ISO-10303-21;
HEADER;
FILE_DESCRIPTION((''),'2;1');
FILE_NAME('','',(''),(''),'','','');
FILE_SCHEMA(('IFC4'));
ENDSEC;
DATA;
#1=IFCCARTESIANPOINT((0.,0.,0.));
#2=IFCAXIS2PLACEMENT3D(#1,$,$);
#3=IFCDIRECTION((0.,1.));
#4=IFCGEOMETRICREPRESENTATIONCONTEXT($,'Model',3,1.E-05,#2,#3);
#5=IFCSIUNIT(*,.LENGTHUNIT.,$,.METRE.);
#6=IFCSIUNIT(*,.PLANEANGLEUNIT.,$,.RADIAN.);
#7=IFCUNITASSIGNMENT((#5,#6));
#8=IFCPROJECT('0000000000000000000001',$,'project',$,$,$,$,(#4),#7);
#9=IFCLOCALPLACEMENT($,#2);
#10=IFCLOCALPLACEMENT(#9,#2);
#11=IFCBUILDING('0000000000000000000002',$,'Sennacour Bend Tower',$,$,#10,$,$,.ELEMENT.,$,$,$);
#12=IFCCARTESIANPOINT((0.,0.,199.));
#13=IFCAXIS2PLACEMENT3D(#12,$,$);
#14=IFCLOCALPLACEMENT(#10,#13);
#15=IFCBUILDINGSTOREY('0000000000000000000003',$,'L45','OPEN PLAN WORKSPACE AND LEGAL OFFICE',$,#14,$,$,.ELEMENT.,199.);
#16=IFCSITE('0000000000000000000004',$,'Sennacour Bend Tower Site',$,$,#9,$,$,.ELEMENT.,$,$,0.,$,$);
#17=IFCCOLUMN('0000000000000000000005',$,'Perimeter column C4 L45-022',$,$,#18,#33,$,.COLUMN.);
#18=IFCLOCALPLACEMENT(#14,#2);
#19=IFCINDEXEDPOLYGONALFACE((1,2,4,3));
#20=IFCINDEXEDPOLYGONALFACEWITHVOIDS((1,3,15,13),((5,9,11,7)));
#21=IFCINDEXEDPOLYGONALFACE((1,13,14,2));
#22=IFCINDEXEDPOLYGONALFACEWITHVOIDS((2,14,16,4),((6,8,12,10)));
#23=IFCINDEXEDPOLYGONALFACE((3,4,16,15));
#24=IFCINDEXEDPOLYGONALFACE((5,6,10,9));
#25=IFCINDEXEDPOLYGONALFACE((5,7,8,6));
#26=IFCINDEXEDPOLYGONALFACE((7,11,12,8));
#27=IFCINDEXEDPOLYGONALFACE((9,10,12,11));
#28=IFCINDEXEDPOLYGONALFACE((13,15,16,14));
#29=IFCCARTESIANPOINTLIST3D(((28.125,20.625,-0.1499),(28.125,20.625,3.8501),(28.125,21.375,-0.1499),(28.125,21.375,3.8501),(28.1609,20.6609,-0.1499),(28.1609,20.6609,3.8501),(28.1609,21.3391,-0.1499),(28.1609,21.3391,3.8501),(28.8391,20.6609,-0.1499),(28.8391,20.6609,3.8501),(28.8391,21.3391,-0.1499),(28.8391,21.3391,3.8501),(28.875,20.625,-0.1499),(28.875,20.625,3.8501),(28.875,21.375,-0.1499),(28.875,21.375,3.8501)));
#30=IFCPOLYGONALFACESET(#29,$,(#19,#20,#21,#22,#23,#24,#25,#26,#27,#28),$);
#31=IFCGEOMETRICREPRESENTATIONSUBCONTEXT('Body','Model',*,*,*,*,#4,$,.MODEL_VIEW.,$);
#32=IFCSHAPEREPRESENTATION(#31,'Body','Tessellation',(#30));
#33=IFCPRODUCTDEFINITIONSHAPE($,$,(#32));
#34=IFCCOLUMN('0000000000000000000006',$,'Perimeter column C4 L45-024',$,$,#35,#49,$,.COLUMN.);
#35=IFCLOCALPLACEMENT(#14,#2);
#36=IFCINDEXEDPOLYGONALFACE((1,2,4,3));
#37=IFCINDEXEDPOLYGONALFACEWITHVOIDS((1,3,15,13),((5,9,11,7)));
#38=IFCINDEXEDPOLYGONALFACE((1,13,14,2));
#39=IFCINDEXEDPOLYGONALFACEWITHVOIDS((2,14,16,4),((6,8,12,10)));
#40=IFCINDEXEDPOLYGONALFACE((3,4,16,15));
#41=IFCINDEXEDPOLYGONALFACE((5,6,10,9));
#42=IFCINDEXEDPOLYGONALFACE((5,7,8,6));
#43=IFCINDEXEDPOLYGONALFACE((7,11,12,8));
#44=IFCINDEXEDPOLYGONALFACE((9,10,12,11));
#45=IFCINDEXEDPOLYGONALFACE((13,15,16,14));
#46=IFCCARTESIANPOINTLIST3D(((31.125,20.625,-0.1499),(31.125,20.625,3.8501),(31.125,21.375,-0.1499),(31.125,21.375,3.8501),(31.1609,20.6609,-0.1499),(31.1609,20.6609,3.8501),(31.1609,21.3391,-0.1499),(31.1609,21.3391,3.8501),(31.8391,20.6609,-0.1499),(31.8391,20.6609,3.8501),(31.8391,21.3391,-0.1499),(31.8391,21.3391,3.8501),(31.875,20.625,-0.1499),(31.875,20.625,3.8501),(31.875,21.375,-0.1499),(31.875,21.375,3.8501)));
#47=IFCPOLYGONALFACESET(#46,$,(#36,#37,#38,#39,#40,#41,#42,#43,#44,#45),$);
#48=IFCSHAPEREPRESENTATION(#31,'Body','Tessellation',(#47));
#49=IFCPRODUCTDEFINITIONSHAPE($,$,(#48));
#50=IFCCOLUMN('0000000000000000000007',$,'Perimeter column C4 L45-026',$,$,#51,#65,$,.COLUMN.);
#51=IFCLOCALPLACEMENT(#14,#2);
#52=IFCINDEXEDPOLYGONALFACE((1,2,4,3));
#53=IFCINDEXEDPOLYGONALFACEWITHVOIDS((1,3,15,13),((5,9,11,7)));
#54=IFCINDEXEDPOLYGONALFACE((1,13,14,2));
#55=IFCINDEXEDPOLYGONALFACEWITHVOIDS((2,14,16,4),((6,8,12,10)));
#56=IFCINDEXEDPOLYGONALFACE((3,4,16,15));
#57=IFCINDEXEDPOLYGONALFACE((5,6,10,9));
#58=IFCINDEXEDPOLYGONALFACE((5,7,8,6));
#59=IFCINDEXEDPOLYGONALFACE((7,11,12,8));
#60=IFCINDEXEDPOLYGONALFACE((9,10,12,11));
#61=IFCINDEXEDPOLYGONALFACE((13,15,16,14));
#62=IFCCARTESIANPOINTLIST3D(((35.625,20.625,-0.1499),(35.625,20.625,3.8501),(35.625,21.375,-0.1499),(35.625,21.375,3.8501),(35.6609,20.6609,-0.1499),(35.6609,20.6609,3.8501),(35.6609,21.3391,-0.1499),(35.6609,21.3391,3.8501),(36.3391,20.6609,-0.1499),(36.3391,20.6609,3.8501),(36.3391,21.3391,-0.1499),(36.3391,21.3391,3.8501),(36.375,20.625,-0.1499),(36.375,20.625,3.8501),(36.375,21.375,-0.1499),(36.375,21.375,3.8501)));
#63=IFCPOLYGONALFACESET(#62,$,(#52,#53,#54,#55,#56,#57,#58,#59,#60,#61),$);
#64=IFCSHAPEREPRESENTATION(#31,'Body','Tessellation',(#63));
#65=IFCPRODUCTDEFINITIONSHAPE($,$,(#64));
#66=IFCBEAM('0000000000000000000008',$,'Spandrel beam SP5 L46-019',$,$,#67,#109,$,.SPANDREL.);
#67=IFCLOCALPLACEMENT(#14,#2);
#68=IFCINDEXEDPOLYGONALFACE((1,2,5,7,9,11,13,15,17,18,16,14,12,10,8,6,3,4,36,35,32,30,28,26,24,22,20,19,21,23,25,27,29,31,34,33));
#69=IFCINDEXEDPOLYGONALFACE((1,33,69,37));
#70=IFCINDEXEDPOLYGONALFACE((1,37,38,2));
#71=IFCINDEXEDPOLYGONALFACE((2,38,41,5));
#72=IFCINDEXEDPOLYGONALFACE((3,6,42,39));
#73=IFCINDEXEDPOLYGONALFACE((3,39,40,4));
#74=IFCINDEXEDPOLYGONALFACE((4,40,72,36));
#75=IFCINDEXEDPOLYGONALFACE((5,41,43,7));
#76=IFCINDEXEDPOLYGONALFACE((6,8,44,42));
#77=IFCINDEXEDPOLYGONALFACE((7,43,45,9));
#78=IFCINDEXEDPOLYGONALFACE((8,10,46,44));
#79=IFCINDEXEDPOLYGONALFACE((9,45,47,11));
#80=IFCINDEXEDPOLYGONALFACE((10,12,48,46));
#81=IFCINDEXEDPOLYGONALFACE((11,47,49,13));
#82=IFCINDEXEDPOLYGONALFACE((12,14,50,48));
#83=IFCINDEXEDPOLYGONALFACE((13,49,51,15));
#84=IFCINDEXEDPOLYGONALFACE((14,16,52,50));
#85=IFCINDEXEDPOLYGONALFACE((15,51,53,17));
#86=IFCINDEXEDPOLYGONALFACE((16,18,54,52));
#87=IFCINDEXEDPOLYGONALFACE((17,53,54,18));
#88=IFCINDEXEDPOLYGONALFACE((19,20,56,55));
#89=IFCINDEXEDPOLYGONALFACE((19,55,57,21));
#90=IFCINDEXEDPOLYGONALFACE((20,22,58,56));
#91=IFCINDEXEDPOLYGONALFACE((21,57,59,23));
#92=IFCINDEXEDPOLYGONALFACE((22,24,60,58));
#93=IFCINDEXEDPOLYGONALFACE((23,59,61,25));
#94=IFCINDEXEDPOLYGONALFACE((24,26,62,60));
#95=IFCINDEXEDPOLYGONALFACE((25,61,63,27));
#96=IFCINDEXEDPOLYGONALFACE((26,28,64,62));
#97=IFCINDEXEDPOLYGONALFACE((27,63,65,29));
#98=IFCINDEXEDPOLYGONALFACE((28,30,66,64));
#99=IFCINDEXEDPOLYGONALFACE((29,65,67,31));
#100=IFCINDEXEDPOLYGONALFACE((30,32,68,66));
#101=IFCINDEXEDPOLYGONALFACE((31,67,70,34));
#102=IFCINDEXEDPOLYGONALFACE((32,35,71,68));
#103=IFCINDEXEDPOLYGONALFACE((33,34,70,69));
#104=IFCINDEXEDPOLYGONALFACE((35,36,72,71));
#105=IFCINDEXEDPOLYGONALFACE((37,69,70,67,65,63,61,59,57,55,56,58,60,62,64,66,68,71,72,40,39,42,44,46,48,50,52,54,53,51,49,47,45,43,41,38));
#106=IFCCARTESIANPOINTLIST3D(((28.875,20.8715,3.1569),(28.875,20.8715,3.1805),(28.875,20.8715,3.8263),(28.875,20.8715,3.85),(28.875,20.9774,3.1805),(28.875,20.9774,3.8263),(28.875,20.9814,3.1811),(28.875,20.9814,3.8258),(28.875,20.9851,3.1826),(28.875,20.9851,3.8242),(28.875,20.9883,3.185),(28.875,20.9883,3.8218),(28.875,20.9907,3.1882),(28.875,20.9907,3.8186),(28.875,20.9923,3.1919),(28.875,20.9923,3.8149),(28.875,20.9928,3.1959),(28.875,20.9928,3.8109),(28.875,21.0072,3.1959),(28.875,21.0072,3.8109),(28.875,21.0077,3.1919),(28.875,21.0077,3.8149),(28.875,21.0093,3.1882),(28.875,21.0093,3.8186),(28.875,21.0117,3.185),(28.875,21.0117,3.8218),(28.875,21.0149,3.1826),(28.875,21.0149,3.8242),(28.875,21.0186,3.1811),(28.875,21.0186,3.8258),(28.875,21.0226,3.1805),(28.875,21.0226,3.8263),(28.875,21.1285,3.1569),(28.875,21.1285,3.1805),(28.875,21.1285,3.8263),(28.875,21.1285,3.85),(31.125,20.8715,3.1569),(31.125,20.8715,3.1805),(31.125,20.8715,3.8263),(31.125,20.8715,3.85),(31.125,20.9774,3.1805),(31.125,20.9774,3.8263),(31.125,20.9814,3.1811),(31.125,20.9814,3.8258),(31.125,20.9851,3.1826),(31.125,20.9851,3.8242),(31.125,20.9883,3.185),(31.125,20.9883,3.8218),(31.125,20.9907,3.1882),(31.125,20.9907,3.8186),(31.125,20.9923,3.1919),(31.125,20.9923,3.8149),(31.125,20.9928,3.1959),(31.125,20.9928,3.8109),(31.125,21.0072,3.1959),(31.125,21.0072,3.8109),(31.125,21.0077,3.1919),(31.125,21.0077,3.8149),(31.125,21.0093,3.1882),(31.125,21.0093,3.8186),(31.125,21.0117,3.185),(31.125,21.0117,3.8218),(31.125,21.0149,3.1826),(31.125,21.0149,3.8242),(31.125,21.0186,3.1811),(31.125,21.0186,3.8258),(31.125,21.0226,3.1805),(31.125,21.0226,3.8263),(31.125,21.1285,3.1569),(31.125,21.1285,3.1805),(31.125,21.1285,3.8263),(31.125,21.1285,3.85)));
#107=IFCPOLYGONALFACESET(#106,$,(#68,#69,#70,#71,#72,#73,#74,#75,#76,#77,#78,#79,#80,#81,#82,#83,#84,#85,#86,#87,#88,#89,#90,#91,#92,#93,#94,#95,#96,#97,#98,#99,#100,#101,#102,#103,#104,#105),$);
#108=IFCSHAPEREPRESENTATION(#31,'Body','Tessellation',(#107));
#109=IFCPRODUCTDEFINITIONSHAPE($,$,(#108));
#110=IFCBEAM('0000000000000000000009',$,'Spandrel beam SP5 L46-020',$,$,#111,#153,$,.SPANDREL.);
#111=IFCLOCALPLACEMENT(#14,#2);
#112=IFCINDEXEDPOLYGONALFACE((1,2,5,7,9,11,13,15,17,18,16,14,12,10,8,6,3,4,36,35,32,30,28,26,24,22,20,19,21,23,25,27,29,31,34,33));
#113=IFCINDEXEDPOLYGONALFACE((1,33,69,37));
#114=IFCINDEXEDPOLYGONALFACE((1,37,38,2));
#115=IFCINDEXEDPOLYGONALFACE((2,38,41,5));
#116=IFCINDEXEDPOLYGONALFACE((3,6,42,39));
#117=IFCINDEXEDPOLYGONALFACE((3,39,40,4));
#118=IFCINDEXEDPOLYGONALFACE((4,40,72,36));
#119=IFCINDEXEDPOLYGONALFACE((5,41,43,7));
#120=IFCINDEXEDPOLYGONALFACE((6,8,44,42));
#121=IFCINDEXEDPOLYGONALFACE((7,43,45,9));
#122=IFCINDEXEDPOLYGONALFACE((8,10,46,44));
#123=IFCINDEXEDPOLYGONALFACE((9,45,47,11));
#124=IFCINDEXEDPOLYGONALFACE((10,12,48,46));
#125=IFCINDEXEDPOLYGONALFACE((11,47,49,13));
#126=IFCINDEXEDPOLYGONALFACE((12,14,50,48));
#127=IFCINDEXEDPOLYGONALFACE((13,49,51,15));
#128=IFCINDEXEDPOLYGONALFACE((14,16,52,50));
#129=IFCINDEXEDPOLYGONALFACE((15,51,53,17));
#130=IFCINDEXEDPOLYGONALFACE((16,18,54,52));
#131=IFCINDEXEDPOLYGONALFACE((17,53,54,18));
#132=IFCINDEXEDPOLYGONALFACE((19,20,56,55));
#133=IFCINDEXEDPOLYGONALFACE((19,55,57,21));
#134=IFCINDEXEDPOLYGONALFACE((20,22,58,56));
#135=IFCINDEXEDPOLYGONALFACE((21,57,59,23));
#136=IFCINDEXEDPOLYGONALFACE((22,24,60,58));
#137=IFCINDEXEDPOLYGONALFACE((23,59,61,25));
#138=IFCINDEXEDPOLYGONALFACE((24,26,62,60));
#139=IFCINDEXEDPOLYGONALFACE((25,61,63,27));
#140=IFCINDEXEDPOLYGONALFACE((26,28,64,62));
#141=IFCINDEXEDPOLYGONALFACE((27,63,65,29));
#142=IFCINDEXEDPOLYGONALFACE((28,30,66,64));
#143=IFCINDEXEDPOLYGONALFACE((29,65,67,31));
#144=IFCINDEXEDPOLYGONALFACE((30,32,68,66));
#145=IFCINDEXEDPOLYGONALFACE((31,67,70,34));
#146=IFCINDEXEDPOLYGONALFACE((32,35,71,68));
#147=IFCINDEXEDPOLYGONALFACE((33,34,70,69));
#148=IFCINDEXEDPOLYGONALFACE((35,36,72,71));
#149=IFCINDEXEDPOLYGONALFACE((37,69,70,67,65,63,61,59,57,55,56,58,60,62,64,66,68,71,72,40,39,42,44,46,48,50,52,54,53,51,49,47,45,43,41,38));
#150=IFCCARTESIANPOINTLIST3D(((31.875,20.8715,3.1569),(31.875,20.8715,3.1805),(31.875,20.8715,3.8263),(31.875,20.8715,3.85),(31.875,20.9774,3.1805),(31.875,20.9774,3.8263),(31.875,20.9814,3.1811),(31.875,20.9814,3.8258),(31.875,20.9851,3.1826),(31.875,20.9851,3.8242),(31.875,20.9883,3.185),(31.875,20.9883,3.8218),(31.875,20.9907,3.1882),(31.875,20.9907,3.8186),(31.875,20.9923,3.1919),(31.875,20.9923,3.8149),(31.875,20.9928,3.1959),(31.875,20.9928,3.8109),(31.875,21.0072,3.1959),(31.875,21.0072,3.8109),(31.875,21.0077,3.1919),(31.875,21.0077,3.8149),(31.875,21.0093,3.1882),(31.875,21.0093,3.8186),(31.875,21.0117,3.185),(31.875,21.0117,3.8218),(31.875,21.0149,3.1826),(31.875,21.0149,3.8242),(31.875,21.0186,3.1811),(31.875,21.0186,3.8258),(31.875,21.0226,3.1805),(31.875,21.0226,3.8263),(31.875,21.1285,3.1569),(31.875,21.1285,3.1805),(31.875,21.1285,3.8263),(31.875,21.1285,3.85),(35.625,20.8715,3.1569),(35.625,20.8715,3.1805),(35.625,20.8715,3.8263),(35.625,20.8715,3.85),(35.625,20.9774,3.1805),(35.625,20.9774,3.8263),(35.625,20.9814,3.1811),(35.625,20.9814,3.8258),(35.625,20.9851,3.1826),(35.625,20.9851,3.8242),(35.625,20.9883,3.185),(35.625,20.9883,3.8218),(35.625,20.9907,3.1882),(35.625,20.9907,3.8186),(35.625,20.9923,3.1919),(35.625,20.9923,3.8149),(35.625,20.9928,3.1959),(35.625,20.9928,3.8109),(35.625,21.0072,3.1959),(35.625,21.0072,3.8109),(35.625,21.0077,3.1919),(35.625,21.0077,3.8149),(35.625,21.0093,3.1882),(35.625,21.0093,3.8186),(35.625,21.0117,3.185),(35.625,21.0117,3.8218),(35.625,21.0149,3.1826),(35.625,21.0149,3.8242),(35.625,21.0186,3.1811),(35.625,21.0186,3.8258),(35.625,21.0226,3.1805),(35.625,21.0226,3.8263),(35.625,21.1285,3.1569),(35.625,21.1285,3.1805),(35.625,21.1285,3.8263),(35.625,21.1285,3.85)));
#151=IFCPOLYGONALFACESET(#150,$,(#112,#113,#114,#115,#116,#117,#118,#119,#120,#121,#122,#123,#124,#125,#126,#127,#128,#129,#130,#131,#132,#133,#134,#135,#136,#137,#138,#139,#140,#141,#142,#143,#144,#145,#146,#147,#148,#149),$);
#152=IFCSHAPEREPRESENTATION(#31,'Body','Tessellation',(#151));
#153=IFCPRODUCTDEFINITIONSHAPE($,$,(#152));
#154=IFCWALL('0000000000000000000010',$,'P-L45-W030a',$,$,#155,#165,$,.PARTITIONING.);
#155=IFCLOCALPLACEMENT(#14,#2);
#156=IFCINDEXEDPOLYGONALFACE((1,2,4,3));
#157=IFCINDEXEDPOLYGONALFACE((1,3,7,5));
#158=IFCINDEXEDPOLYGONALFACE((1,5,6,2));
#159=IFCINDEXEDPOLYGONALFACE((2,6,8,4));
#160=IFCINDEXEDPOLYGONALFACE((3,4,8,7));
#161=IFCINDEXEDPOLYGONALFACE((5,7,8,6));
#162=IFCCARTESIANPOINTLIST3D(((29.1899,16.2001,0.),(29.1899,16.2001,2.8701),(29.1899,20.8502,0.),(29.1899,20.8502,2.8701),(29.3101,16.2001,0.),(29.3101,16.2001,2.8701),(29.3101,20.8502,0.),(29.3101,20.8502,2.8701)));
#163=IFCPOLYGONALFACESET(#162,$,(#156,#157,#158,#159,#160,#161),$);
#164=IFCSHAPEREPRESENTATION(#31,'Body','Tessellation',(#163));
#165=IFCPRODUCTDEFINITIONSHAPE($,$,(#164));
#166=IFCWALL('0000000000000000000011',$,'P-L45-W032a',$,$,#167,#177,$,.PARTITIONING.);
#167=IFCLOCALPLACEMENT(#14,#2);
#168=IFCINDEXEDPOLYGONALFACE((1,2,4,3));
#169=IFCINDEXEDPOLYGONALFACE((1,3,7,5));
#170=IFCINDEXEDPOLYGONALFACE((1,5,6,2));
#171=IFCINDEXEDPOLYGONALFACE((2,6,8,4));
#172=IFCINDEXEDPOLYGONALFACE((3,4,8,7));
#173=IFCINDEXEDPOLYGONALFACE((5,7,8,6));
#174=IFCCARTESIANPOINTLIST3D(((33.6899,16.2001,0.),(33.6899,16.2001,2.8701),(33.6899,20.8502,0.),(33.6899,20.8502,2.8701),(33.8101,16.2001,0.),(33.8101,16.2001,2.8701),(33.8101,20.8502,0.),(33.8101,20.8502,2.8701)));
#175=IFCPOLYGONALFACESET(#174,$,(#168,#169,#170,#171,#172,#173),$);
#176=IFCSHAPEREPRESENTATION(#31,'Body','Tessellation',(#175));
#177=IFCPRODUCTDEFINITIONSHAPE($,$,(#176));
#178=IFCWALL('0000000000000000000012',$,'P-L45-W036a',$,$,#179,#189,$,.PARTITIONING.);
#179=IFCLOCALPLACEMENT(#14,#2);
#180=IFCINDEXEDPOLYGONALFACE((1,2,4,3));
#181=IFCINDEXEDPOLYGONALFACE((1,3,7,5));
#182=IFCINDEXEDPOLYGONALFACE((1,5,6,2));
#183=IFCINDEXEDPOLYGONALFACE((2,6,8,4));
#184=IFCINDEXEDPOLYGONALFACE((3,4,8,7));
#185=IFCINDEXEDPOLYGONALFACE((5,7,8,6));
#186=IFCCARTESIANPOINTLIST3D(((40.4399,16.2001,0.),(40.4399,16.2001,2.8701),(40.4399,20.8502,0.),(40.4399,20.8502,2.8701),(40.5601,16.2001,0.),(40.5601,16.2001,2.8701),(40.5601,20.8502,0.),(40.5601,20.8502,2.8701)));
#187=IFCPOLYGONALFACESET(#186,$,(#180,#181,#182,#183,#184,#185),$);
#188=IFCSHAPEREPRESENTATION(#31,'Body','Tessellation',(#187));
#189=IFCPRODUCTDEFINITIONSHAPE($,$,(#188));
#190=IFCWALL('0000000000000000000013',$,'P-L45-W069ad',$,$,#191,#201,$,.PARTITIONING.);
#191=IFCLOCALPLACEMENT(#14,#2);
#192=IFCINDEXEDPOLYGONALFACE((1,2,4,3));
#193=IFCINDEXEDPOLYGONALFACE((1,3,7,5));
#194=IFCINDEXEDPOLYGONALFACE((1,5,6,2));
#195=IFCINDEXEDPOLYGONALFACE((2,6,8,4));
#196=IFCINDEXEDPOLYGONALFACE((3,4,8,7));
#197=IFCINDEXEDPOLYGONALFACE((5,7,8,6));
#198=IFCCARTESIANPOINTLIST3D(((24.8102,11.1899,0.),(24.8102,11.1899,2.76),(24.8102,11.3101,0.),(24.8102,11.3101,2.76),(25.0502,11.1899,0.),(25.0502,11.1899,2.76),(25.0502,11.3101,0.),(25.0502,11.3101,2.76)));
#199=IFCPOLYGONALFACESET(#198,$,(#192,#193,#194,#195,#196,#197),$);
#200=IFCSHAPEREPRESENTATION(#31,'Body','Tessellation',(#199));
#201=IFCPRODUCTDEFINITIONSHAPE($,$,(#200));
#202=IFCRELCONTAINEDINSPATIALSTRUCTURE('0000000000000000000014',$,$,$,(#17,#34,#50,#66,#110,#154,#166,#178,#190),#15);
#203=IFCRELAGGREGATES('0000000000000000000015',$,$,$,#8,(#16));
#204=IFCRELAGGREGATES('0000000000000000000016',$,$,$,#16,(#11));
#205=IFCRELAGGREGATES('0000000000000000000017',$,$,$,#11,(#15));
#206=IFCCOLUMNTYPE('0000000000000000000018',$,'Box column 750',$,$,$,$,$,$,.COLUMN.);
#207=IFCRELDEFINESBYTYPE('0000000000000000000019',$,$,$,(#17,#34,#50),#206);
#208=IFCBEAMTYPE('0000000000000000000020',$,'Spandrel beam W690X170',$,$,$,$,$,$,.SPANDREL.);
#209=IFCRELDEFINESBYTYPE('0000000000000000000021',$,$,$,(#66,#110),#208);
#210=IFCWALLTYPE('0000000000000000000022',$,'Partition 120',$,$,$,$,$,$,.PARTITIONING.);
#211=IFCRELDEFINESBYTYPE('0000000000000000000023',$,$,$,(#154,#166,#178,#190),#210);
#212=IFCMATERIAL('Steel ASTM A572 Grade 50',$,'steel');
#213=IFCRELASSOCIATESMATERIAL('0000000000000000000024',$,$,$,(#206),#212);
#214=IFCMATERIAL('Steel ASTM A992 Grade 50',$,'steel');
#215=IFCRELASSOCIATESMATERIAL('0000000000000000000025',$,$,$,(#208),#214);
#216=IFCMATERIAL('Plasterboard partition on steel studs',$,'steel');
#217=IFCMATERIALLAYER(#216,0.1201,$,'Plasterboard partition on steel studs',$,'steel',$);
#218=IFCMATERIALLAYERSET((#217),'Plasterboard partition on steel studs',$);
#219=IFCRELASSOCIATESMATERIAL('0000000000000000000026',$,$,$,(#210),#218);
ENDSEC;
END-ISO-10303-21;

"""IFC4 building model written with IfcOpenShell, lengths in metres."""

from ifc_helpers import new_model, si_unit, direction, frame, frame_2d, origin, origin_2d, place, context, subcontext, project, spatial, rectangle, hollow_rectangle, i_section, extrude, material, layer, layer_set, material_profile, profile_set, type_object, element, save


model = new_model("IFC4")

# Units and contexts
model_context = context("Model", 3, precision=1e-05, world=origin(), true_north=direction((0.0, 1.0)))
body_context = subcontext(model_context, "Body", "Model", "MODEL_VIEW")
ifc_project = project(units=[si_unit("LENGTHUNIT", "METRE"), si_unit("PLANEANGLEUNIT", "RADIAN")], contexts=[model_context])

# Site, building, storey
site_placement = place(None, origin())
site = spatial("IfcSite", under=ifc_project, at=site_placement, Name="Sennacour Bend Tower Site", CompositionType="ELEMENT", RefElevation=0.0)
building_placement = place(site_placement, origin())
building = spatial("IfcBuilding", under=site, at=building_placement, Name="Sennacour Bend Tower", CompositionType="ELEMENT")
storey_placement = place(building_placement, frame((0.0, 0.0, 199.0)))
storey = spatial("IfcBuildingStorey", under=building, at=storey_placement, Name="L45", Description="OPEN PLAN WORKSPACE AND LEGAL OFFICE", CompositionType="ELEMENT", Elevation=199.0)

# Columns
ifc_material_1 = material(Name="Steel ASTM A572 Grade 50", Category="steel")
ifc_material_profile_1 = material_profile(ifc_material_1, hollow_rectangle(XDim=0.75, YDim=0.75, WallThickness=0.0359, at=origin_2d()), Name="Steel ASTM A572 Grade 50", Category="steel")
ifc_profile_set_1 = profile_set([ifc_material_profile_1], Name="Steel ASTM A572 Grade 50")
column_type = type_object("IfcColumnType", Name="Box column 750", PredefinedType="COLUMN", material=ifc_profile_set_1)
for number, where, z_axis, x_axis, name in (
    (1, (28.5, 21.0, -0.1499), (0.0, 0.0, 1.0), (1.0, 0.0, 0.0), "Perimeter column C4 L45-022"),
    (2, (31.5, 21.0, -0.1499), (0.0, 0.0, 1.0), (1.0, 0.0, 0.0), "Perimeter column C4 L45-024"),
    (3, (36.0, 21.0, -0.1499), (0.0, 0.0, 1.0), (1.0, 0.0, 0.0), "Perimeter column C4 L45-026"),
):
    element("IfcColumn", number, at=place(storey_placement, frame(where, z_axis=z_axis, x_axis=x_axis)), inside=storey, type_object=column_type, Name=name, PredefinedType="COLUMN", context=body_context, shape_type="SweptSolid", body=[
        extrude(hollow_rectangle(XDim=0.75, YDim=0.75, WallThickness=0.0359, at=origin_2d()), origin(), (0.0, 0.0, 1.0), 4.0),
    ])

# Beams
ifc_material_2 = material(Name="Steel ASTM A992 Grade 50", Category="steel")
ifc_material_profile_2 = material_profile(ifc_material_2, i_section(OverallWidth=0.2571, OverallDepth=0.6931, WebThickness=0.0144, FlangeThickness=0.0237, FilletRadius=0.0154, at=origin_2d()), Name="Steel ASTM A992 Grade 50", Category="steel")
ifc_profile_set_2 = profile_set([ifc_material_profile_2], Name="Steel ASTM A992 Grade 50")
beam_type = type_object("IfcBeamType", Name="Spandrel beam W690X170", PredefinedType="SPANDREL", material=ifc_profile_set_2)
beam_1_placement = place(storey_placement, frame((28.875, 21.0, 3.5034), z_axis=(1.0, 0.0, 0.0), x_axis=(0.0, 1.0, 0.0)))
element("IfcBeam", 4, at=beam_1_placement, inside=storey, type_object=beam_type, Name="Spandrel beam SP5 L46-019", PredefinedType="SPANDREL", context=body_context, shape_type="SweptSolid", body=[
    extrude(i_section(OverallWidth=0.2571, OverallDepth=0.6931, WebThickness=0.0144, FlangeThickness=0.0237, FilletRadius=0.0154, at=origin_2d()), origin(), (0.0, 0.0, 1.0), 2.25),
])
beam_2_placement = place(storey_placement, frame((31.875, 21.0, 3.5034), z_axis=(1.0, 0.0, 0.0), x_axis=(0.0, 1.0, 0.0)))
element("IfcBeam", 5, at=beam_2_placement, inside=storey, type_object=beam_type, Name="Spandrel beam SP5 L46-020", PredefinedType="SPANDREL", context=body_context, shape_type="SweptSolid", body=[
    extrude(i_section(OverallWidth=0.2571, OverallDepth=0.6931, WebThickness=0.0144, FlangeThickness=0.0237, FilletRadius=0.0154, at=origin_2d()), origin(), (0.0, 0.0, 1.0), 3.75),
])

# Walls
ifc_material_3 = material(Name="Plasterboard partition on steel studs", Category="steel")
ifc_layer_1 = layer(ifc_material_3, 0.1201, Name="Plasterboard partition on steel studs", Category="steel")
ifc_layer_set_1 = layer_set([ifc_layer_1], Name="Plasterboard partition on steel studs")
wall_type_1 = type_object("IfcWallType", Name="Partition 120", PredefinedType="PARTITIONING", material=ifc_layer_set_1)
for number, where, z_axis, x_axis, name in (
    (6, (29.25, 16.2, 0.0), (0.0, 0.0, 1.0), (0.0, 1.0, 0.0), "P-L45-W030a"),
    (7, (33.75, 16.2, 0.0), (0.0, 0.0, 1.0), (0.0, 1.0, 0.0), "P-L45-W032a"),
    (8, (40.5, 16.2, 0.0), (0.0, 0.0, 1.0), (0.0, 1.0, 0.0), "P-L45-W036a"),
):
    element("IfcWall", number, at=place(storey_placement, frame(where, z_axis=z_axis, x_axis=x_axis)), inside=storey, type_object=wall_type_1, Name=name, PredefinedType="PARTITIONING", context=body_context, shape_type="SweptSolid", body=[
        extrude(rectangle(XDim=4.6501, YDim=0.1201, at=frame_2d((2.3252, 0.0))), origin(), (0.0, 0.0, 1.0), 2.8701),
    ])
wall_1_placement = place(storey_placement, frame((24.8101, 11.25, 0.0), z_axis=(0.0, 0.0, 1.0), x_axis=(1.0, 0.0, 0.0)))
element("IfcWall", 9, at=wall_1_placement, inside=storey, type_object=wall_type_1, Name="P-L45-W069ad", PredefinedType="PARTITIONING", context=body_context, shape_type="SweptSolid", body=[
    extrude(rectangle(XDim=0.24, YDim=0.1201, at=frame_2d((0.1201, 0.0))), origin(), (0.0, 0.0, 1.0), 2.76),
])

save(model, "model.ifc")
